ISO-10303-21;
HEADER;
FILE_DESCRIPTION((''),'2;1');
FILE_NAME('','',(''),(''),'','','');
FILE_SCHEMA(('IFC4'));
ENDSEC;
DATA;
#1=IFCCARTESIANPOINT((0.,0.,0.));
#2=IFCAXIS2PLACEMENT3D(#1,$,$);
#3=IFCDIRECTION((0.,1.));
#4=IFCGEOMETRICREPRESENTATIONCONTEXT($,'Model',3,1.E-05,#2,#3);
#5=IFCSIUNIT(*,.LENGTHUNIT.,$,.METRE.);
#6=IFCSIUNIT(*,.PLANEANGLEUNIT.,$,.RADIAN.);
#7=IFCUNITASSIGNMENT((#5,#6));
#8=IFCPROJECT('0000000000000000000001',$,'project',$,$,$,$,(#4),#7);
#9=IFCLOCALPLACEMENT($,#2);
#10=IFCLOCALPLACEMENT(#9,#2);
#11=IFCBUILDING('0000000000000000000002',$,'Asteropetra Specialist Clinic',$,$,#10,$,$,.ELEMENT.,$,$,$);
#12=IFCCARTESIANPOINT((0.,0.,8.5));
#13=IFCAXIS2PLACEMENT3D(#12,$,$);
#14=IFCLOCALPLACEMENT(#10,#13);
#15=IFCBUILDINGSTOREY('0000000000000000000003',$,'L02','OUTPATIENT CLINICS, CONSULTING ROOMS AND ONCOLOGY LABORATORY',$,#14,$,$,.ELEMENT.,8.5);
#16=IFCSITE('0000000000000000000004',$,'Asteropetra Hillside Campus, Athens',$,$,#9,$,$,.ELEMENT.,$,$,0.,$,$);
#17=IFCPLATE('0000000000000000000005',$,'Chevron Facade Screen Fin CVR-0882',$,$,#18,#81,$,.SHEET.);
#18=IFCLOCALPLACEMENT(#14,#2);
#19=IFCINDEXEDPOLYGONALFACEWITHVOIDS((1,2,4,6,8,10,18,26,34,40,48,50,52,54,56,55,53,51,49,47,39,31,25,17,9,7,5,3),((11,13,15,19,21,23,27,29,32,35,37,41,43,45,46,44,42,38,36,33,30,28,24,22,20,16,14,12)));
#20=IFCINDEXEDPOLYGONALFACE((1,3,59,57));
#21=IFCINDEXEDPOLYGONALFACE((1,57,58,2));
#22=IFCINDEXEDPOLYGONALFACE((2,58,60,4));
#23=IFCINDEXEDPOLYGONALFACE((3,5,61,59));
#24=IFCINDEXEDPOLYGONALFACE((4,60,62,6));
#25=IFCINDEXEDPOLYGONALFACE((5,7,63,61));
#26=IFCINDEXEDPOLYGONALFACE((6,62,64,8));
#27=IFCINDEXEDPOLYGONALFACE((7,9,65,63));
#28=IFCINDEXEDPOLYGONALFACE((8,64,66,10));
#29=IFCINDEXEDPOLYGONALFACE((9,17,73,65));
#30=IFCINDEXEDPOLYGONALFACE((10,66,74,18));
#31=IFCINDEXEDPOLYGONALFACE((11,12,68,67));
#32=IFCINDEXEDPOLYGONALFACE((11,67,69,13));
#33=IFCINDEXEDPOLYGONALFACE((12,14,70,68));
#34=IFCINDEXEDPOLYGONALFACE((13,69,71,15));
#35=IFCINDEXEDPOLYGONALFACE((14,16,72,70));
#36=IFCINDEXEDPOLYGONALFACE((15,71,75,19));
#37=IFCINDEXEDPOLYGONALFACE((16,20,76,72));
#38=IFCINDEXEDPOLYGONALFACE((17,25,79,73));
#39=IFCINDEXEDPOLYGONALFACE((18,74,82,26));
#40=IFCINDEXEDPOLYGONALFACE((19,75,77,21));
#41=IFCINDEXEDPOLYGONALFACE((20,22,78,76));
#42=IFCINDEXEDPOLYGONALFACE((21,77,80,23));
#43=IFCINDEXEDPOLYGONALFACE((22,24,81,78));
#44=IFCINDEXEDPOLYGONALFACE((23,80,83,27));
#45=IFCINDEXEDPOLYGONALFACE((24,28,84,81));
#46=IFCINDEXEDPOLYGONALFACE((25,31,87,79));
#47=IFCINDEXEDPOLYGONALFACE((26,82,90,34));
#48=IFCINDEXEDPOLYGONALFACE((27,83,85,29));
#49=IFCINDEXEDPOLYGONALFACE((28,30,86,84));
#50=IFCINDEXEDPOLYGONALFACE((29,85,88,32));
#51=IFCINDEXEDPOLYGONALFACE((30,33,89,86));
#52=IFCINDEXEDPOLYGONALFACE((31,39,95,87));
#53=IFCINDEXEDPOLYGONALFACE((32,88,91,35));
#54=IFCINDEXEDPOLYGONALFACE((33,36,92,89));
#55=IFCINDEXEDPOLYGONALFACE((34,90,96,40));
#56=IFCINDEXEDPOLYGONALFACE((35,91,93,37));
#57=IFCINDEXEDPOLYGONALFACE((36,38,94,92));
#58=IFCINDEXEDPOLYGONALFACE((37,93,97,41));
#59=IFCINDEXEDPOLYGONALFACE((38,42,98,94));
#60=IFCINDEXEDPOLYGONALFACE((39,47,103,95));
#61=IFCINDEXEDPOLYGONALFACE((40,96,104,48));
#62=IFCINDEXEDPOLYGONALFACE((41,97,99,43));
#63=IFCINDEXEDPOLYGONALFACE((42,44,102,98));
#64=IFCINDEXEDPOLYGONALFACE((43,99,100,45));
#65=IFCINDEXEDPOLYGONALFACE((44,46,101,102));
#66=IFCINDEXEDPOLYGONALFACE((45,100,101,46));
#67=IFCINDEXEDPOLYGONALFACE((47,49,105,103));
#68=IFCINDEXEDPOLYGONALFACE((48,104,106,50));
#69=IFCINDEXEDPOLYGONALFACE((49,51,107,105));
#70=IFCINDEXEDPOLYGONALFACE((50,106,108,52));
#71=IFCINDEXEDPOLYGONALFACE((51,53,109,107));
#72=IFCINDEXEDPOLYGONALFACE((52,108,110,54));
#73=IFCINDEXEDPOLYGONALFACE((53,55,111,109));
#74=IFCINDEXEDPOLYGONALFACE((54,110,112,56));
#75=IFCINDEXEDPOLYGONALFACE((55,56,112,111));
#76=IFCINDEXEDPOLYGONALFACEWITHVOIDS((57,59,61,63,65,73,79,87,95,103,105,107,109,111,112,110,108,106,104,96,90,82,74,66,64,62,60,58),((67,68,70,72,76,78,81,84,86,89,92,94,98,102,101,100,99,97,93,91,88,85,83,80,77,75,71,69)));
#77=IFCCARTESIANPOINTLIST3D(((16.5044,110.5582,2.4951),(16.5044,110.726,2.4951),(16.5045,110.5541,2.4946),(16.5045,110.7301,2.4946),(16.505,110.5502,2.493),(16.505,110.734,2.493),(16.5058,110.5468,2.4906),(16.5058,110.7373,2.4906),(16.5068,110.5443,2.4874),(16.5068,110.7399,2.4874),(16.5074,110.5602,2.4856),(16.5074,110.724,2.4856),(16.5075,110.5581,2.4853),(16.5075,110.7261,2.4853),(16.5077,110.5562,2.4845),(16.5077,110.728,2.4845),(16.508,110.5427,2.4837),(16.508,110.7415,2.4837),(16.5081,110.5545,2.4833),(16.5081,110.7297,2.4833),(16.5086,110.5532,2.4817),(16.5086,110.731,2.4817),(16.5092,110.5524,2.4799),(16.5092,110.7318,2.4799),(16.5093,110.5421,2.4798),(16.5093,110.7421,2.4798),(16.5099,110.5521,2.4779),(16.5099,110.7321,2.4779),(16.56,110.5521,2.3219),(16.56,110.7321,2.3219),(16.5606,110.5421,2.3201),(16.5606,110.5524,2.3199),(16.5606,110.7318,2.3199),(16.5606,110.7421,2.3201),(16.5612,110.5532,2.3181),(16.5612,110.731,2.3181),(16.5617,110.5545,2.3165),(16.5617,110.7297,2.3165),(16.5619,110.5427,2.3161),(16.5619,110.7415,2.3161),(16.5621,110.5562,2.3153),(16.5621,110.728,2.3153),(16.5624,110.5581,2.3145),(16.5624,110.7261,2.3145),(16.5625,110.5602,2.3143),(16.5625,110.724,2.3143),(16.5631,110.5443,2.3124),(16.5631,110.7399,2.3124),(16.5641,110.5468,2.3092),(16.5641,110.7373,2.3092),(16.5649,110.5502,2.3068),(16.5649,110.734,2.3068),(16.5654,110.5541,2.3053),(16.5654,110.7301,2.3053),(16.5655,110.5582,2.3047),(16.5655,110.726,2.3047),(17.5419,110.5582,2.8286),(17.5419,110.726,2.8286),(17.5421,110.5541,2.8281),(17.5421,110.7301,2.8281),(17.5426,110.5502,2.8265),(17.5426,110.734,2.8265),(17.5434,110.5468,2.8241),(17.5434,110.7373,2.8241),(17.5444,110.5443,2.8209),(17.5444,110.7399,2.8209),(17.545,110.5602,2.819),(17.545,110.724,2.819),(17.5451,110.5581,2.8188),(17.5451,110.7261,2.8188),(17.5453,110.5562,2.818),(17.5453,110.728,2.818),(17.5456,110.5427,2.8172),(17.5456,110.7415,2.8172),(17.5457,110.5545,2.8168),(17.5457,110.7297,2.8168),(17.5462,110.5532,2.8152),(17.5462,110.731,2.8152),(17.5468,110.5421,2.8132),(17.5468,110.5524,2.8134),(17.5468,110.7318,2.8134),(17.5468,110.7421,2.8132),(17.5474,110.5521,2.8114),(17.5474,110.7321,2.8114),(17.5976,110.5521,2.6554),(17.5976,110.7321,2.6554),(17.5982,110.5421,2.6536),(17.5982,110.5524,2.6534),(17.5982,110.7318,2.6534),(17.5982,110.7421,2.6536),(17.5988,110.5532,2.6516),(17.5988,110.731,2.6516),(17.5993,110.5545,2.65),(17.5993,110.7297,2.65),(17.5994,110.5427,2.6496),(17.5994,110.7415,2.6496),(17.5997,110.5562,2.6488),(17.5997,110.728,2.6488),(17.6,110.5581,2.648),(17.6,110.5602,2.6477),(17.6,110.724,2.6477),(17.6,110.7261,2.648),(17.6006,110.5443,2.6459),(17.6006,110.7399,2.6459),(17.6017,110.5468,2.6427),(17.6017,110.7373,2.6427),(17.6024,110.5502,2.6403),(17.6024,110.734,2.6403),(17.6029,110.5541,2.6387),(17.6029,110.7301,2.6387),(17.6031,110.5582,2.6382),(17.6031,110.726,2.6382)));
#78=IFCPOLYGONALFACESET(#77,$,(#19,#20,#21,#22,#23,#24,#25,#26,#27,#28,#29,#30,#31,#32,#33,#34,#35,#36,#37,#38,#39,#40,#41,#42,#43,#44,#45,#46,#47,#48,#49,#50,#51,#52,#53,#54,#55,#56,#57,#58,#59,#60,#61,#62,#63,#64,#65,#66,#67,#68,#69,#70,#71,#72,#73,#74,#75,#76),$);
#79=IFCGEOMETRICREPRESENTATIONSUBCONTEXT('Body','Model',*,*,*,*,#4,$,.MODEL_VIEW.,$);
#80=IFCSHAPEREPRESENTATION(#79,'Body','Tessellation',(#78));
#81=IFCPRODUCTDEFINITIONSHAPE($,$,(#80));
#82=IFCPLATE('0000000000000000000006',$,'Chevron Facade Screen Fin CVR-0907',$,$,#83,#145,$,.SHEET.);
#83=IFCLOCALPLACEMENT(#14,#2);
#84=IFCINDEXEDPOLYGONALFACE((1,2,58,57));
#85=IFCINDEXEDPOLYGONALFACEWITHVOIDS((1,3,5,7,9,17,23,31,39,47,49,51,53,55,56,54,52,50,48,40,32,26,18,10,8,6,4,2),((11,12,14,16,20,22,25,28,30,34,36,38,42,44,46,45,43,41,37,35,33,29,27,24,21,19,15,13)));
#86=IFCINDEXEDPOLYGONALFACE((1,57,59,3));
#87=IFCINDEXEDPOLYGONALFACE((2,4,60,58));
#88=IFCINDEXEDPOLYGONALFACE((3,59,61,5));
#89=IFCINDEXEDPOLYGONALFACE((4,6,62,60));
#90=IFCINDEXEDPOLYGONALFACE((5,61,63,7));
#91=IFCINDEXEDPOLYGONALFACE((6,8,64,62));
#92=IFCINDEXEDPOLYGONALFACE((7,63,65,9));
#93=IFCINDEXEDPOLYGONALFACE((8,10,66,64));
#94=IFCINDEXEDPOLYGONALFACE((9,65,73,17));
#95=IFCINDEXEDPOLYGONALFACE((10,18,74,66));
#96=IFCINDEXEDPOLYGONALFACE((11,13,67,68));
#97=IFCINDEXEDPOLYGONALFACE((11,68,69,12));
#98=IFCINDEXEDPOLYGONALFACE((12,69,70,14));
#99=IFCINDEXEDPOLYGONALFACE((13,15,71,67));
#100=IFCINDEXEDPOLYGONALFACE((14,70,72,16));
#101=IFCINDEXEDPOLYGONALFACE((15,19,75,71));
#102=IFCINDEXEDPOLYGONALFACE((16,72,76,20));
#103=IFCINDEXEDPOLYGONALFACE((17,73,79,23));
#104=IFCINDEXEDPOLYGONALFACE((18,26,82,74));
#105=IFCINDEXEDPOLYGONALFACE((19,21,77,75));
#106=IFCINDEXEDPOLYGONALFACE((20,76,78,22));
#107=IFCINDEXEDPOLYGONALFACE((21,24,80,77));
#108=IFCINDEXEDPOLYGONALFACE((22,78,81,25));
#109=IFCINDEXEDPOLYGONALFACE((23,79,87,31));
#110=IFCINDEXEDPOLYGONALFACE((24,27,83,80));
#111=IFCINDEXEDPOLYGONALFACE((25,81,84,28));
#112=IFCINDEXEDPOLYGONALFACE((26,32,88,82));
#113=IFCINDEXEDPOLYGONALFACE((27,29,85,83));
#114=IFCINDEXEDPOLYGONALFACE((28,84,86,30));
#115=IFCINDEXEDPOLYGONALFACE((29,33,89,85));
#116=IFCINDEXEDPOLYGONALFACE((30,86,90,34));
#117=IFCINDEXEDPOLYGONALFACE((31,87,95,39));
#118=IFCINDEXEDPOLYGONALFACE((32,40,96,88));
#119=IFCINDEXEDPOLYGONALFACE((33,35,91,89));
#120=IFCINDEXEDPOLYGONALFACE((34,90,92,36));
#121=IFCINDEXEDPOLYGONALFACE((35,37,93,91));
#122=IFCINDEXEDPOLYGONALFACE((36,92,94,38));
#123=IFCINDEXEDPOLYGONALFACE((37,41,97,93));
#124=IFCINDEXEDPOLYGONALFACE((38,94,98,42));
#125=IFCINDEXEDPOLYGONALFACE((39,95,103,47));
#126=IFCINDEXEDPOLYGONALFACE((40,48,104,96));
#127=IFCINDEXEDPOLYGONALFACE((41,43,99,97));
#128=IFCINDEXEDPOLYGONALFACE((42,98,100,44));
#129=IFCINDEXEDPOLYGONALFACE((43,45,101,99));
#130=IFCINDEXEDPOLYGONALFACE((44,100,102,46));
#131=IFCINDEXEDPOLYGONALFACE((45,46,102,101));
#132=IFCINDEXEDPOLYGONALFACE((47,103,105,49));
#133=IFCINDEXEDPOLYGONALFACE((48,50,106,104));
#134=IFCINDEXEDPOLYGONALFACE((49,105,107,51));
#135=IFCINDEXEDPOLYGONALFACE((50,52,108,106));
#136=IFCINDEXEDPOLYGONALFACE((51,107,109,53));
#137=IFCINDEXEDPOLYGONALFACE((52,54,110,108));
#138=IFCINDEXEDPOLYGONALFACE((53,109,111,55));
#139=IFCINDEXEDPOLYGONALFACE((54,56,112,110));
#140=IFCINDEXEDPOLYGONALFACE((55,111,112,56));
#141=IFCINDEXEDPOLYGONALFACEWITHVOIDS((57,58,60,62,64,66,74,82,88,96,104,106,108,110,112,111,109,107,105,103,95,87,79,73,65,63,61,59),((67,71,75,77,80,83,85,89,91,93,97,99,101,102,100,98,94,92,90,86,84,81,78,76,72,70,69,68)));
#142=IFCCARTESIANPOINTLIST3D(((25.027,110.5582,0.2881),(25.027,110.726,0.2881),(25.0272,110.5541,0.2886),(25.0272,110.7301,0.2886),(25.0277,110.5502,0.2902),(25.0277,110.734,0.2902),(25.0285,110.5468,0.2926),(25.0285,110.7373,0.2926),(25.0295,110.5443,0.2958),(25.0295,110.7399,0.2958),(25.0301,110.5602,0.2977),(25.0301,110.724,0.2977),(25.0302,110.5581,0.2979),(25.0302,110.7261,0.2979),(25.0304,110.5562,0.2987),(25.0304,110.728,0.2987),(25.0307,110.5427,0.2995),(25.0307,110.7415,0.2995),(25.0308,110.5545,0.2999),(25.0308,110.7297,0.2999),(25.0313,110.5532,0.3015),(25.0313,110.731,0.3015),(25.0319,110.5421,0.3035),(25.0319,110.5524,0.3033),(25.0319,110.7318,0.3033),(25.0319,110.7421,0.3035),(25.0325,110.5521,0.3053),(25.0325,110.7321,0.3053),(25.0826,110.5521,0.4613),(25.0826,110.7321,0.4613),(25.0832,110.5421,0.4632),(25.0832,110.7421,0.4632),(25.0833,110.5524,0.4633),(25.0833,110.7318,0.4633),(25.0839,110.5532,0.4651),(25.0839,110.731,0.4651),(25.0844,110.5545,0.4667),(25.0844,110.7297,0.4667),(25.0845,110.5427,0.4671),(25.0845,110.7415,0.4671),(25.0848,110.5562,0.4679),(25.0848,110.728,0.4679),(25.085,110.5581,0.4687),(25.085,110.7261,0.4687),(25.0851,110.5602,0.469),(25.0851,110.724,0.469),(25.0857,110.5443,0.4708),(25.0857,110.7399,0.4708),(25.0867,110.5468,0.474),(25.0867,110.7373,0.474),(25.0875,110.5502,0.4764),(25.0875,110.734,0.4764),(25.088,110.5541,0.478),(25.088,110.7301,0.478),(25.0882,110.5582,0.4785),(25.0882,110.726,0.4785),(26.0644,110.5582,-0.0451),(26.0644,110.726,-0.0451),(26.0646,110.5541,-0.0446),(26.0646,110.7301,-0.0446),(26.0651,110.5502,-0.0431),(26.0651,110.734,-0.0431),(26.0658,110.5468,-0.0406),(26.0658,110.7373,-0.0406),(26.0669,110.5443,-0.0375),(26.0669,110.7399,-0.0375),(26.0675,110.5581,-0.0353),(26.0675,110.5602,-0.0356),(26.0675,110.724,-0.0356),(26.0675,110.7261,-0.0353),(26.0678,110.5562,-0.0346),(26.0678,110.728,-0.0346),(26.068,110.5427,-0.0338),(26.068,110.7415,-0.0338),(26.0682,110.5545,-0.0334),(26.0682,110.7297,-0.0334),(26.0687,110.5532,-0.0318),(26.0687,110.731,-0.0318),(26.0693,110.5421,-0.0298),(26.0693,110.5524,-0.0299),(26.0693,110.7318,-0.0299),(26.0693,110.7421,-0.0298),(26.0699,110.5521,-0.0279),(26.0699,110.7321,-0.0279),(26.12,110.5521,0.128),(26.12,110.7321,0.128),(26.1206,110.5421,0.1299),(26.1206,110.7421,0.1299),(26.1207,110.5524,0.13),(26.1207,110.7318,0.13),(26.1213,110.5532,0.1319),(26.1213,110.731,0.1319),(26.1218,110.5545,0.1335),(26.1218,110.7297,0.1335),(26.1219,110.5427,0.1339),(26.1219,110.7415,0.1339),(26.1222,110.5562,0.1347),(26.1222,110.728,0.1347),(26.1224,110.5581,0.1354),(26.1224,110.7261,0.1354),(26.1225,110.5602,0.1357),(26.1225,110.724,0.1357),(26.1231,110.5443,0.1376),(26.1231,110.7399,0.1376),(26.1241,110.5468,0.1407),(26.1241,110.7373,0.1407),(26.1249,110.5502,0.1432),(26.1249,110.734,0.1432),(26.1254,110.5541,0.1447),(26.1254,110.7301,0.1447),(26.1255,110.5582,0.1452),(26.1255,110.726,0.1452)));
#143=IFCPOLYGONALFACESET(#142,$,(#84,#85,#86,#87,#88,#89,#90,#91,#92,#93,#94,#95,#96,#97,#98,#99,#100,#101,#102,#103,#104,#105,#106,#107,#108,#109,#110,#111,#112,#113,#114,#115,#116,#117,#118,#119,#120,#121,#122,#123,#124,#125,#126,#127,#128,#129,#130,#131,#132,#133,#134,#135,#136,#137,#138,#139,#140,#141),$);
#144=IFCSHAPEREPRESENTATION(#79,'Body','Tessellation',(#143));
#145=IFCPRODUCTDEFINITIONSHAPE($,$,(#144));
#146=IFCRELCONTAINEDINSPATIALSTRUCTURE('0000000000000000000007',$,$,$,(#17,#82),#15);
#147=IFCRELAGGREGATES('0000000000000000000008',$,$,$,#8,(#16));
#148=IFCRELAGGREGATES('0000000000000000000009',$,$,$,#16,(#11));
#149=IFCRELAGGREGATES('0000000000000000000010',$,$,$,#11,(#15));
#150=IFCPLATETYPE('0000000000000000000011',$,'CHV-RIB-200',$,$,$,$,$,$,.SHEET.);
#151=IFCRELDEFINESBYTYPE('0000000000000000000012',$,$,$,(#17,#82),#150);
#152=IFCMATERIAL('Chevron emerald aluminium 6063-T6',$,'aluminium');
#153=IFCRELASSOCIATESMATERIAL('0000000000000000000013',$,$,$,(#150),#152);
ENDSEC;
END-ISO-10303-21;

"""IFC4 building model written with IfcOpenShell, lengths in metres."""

from ifc_helpers import new_model, si_unit, direction, frame, origin, origin_2d, place, context, subcontext, project, spatial, hollow_rectangle, extrude, material, material_profile, profile_set, type_object, element, save


model = new_model("IFC4")

# Units and contexts
model_context = context("Model", 3, precision=1e-05, world=origin(), true_north=direction((0.0, 1.0)))
body_context = subcontext(model_context, "Body", "Model", "MODEL_VIEW")
ifc_project = project(units=[si_unit("LENGTHUNIT", "METRE"), si_unit("PLANEANGLEUNIT", "RADIAN")], contexts=[model_context])

# Site, building, storey
site_placement = place(None, origin())
site = spatial("IfcSite", under=ifc_project, at=site_placement, Name="Asteropetra Hillside Campus, Athens", CompositionType="ELEMENT", RefElevation=0.0)
building_placement = place(site_placement, origin())
building = spatial("IfcBuilding", under=site, at=building_placement, Name="Asteropetra Specialist Clinic", CompositionType="ELEMENT")
storey_placement = place(building_placement, frame((0.0, 0.0, 8.5)))
storey = spatial("IfcBuildingStorey", under=building, at=storey_placement, Name="L02", Description="OUTPATIENT CLINICS, CONSULTING ROOMS AND ONCOLOGY LABORATORY", CompositionType="ELEMENT", Elevation=8.5)

# Plates
ifc_material = material(Name="Chevron emerald aluminium 6063-T6", Category="aluminium")
ifc_material_profile = material_profile(ifc_material, hollow_rectangle(XDim=0.2, YDim=0.2, WallThickness=0.01, InnerFilletRadius=0.0081, OuterFilletRadius=0.0161, at=origin_2d()), Name="SHS 200x200x10.0")
ifc_profile_set = profile_set([ifc_material_profile], Name="Chevron emerald aluminium 6063-T6")
plate_type = type_object("IfcPlateType", Name="CHV-RIB-200", PredefinedType="SHEET", material=ifc_profile_set)
for number, where, z_axis, x_axis, name in (
    (1, (17.5725, 110.6421, 2.7334), (-0.952033, 0.0, -0.305995), (0.0, -1.0, 0.0), "Chevron Facade Screen Fin CVR-0882"),
):
    element("IfcPlate", number, at=place(storey_placement, frame(where, z_axis=z_axis, x_axis=x_axis)), inside=storey, type_object=plate_type, Name=name, PredefinedType="SHEET", context=body_context, shape_type="SweptSolid", body=[
        extrude(hollow_rectangle(XDim=0.2, YDim=0.2, WallThickness=0.01, InnerFilletRadius=0.0081, OuterFilletRadius=0.0161, at=origin_2d()), origin(), (0.0, 0.0, 1.0), 1.0898),
    ])
plate_1_placement = place(storey_placement, frame((26.095, 110.6421, 0.05), z_axis=(-0.952078, 0.0, 0.305857), x_axis=(0.0, -1.0, 0.0)))
element("IfcPlate", 2, at=plate_1_placement, inside=storey, type_object=plate_type, Name="Chevron Facade Screen Fin CVR-0907", PredefinedType="SHEET", context=body_context, shape_type="SweptSolid", body=[
    extrude(hollow_rectangle(XDim=0.2, YDim=0.2, WallThickness=0.01, InnerFilletRadius=0.0081, OuterFilletRadius=0.0161, at=origin_2d()), origin(), (0.0, 0.0, 1.0), 1.0896),
])

save(model, "model.ifc")
